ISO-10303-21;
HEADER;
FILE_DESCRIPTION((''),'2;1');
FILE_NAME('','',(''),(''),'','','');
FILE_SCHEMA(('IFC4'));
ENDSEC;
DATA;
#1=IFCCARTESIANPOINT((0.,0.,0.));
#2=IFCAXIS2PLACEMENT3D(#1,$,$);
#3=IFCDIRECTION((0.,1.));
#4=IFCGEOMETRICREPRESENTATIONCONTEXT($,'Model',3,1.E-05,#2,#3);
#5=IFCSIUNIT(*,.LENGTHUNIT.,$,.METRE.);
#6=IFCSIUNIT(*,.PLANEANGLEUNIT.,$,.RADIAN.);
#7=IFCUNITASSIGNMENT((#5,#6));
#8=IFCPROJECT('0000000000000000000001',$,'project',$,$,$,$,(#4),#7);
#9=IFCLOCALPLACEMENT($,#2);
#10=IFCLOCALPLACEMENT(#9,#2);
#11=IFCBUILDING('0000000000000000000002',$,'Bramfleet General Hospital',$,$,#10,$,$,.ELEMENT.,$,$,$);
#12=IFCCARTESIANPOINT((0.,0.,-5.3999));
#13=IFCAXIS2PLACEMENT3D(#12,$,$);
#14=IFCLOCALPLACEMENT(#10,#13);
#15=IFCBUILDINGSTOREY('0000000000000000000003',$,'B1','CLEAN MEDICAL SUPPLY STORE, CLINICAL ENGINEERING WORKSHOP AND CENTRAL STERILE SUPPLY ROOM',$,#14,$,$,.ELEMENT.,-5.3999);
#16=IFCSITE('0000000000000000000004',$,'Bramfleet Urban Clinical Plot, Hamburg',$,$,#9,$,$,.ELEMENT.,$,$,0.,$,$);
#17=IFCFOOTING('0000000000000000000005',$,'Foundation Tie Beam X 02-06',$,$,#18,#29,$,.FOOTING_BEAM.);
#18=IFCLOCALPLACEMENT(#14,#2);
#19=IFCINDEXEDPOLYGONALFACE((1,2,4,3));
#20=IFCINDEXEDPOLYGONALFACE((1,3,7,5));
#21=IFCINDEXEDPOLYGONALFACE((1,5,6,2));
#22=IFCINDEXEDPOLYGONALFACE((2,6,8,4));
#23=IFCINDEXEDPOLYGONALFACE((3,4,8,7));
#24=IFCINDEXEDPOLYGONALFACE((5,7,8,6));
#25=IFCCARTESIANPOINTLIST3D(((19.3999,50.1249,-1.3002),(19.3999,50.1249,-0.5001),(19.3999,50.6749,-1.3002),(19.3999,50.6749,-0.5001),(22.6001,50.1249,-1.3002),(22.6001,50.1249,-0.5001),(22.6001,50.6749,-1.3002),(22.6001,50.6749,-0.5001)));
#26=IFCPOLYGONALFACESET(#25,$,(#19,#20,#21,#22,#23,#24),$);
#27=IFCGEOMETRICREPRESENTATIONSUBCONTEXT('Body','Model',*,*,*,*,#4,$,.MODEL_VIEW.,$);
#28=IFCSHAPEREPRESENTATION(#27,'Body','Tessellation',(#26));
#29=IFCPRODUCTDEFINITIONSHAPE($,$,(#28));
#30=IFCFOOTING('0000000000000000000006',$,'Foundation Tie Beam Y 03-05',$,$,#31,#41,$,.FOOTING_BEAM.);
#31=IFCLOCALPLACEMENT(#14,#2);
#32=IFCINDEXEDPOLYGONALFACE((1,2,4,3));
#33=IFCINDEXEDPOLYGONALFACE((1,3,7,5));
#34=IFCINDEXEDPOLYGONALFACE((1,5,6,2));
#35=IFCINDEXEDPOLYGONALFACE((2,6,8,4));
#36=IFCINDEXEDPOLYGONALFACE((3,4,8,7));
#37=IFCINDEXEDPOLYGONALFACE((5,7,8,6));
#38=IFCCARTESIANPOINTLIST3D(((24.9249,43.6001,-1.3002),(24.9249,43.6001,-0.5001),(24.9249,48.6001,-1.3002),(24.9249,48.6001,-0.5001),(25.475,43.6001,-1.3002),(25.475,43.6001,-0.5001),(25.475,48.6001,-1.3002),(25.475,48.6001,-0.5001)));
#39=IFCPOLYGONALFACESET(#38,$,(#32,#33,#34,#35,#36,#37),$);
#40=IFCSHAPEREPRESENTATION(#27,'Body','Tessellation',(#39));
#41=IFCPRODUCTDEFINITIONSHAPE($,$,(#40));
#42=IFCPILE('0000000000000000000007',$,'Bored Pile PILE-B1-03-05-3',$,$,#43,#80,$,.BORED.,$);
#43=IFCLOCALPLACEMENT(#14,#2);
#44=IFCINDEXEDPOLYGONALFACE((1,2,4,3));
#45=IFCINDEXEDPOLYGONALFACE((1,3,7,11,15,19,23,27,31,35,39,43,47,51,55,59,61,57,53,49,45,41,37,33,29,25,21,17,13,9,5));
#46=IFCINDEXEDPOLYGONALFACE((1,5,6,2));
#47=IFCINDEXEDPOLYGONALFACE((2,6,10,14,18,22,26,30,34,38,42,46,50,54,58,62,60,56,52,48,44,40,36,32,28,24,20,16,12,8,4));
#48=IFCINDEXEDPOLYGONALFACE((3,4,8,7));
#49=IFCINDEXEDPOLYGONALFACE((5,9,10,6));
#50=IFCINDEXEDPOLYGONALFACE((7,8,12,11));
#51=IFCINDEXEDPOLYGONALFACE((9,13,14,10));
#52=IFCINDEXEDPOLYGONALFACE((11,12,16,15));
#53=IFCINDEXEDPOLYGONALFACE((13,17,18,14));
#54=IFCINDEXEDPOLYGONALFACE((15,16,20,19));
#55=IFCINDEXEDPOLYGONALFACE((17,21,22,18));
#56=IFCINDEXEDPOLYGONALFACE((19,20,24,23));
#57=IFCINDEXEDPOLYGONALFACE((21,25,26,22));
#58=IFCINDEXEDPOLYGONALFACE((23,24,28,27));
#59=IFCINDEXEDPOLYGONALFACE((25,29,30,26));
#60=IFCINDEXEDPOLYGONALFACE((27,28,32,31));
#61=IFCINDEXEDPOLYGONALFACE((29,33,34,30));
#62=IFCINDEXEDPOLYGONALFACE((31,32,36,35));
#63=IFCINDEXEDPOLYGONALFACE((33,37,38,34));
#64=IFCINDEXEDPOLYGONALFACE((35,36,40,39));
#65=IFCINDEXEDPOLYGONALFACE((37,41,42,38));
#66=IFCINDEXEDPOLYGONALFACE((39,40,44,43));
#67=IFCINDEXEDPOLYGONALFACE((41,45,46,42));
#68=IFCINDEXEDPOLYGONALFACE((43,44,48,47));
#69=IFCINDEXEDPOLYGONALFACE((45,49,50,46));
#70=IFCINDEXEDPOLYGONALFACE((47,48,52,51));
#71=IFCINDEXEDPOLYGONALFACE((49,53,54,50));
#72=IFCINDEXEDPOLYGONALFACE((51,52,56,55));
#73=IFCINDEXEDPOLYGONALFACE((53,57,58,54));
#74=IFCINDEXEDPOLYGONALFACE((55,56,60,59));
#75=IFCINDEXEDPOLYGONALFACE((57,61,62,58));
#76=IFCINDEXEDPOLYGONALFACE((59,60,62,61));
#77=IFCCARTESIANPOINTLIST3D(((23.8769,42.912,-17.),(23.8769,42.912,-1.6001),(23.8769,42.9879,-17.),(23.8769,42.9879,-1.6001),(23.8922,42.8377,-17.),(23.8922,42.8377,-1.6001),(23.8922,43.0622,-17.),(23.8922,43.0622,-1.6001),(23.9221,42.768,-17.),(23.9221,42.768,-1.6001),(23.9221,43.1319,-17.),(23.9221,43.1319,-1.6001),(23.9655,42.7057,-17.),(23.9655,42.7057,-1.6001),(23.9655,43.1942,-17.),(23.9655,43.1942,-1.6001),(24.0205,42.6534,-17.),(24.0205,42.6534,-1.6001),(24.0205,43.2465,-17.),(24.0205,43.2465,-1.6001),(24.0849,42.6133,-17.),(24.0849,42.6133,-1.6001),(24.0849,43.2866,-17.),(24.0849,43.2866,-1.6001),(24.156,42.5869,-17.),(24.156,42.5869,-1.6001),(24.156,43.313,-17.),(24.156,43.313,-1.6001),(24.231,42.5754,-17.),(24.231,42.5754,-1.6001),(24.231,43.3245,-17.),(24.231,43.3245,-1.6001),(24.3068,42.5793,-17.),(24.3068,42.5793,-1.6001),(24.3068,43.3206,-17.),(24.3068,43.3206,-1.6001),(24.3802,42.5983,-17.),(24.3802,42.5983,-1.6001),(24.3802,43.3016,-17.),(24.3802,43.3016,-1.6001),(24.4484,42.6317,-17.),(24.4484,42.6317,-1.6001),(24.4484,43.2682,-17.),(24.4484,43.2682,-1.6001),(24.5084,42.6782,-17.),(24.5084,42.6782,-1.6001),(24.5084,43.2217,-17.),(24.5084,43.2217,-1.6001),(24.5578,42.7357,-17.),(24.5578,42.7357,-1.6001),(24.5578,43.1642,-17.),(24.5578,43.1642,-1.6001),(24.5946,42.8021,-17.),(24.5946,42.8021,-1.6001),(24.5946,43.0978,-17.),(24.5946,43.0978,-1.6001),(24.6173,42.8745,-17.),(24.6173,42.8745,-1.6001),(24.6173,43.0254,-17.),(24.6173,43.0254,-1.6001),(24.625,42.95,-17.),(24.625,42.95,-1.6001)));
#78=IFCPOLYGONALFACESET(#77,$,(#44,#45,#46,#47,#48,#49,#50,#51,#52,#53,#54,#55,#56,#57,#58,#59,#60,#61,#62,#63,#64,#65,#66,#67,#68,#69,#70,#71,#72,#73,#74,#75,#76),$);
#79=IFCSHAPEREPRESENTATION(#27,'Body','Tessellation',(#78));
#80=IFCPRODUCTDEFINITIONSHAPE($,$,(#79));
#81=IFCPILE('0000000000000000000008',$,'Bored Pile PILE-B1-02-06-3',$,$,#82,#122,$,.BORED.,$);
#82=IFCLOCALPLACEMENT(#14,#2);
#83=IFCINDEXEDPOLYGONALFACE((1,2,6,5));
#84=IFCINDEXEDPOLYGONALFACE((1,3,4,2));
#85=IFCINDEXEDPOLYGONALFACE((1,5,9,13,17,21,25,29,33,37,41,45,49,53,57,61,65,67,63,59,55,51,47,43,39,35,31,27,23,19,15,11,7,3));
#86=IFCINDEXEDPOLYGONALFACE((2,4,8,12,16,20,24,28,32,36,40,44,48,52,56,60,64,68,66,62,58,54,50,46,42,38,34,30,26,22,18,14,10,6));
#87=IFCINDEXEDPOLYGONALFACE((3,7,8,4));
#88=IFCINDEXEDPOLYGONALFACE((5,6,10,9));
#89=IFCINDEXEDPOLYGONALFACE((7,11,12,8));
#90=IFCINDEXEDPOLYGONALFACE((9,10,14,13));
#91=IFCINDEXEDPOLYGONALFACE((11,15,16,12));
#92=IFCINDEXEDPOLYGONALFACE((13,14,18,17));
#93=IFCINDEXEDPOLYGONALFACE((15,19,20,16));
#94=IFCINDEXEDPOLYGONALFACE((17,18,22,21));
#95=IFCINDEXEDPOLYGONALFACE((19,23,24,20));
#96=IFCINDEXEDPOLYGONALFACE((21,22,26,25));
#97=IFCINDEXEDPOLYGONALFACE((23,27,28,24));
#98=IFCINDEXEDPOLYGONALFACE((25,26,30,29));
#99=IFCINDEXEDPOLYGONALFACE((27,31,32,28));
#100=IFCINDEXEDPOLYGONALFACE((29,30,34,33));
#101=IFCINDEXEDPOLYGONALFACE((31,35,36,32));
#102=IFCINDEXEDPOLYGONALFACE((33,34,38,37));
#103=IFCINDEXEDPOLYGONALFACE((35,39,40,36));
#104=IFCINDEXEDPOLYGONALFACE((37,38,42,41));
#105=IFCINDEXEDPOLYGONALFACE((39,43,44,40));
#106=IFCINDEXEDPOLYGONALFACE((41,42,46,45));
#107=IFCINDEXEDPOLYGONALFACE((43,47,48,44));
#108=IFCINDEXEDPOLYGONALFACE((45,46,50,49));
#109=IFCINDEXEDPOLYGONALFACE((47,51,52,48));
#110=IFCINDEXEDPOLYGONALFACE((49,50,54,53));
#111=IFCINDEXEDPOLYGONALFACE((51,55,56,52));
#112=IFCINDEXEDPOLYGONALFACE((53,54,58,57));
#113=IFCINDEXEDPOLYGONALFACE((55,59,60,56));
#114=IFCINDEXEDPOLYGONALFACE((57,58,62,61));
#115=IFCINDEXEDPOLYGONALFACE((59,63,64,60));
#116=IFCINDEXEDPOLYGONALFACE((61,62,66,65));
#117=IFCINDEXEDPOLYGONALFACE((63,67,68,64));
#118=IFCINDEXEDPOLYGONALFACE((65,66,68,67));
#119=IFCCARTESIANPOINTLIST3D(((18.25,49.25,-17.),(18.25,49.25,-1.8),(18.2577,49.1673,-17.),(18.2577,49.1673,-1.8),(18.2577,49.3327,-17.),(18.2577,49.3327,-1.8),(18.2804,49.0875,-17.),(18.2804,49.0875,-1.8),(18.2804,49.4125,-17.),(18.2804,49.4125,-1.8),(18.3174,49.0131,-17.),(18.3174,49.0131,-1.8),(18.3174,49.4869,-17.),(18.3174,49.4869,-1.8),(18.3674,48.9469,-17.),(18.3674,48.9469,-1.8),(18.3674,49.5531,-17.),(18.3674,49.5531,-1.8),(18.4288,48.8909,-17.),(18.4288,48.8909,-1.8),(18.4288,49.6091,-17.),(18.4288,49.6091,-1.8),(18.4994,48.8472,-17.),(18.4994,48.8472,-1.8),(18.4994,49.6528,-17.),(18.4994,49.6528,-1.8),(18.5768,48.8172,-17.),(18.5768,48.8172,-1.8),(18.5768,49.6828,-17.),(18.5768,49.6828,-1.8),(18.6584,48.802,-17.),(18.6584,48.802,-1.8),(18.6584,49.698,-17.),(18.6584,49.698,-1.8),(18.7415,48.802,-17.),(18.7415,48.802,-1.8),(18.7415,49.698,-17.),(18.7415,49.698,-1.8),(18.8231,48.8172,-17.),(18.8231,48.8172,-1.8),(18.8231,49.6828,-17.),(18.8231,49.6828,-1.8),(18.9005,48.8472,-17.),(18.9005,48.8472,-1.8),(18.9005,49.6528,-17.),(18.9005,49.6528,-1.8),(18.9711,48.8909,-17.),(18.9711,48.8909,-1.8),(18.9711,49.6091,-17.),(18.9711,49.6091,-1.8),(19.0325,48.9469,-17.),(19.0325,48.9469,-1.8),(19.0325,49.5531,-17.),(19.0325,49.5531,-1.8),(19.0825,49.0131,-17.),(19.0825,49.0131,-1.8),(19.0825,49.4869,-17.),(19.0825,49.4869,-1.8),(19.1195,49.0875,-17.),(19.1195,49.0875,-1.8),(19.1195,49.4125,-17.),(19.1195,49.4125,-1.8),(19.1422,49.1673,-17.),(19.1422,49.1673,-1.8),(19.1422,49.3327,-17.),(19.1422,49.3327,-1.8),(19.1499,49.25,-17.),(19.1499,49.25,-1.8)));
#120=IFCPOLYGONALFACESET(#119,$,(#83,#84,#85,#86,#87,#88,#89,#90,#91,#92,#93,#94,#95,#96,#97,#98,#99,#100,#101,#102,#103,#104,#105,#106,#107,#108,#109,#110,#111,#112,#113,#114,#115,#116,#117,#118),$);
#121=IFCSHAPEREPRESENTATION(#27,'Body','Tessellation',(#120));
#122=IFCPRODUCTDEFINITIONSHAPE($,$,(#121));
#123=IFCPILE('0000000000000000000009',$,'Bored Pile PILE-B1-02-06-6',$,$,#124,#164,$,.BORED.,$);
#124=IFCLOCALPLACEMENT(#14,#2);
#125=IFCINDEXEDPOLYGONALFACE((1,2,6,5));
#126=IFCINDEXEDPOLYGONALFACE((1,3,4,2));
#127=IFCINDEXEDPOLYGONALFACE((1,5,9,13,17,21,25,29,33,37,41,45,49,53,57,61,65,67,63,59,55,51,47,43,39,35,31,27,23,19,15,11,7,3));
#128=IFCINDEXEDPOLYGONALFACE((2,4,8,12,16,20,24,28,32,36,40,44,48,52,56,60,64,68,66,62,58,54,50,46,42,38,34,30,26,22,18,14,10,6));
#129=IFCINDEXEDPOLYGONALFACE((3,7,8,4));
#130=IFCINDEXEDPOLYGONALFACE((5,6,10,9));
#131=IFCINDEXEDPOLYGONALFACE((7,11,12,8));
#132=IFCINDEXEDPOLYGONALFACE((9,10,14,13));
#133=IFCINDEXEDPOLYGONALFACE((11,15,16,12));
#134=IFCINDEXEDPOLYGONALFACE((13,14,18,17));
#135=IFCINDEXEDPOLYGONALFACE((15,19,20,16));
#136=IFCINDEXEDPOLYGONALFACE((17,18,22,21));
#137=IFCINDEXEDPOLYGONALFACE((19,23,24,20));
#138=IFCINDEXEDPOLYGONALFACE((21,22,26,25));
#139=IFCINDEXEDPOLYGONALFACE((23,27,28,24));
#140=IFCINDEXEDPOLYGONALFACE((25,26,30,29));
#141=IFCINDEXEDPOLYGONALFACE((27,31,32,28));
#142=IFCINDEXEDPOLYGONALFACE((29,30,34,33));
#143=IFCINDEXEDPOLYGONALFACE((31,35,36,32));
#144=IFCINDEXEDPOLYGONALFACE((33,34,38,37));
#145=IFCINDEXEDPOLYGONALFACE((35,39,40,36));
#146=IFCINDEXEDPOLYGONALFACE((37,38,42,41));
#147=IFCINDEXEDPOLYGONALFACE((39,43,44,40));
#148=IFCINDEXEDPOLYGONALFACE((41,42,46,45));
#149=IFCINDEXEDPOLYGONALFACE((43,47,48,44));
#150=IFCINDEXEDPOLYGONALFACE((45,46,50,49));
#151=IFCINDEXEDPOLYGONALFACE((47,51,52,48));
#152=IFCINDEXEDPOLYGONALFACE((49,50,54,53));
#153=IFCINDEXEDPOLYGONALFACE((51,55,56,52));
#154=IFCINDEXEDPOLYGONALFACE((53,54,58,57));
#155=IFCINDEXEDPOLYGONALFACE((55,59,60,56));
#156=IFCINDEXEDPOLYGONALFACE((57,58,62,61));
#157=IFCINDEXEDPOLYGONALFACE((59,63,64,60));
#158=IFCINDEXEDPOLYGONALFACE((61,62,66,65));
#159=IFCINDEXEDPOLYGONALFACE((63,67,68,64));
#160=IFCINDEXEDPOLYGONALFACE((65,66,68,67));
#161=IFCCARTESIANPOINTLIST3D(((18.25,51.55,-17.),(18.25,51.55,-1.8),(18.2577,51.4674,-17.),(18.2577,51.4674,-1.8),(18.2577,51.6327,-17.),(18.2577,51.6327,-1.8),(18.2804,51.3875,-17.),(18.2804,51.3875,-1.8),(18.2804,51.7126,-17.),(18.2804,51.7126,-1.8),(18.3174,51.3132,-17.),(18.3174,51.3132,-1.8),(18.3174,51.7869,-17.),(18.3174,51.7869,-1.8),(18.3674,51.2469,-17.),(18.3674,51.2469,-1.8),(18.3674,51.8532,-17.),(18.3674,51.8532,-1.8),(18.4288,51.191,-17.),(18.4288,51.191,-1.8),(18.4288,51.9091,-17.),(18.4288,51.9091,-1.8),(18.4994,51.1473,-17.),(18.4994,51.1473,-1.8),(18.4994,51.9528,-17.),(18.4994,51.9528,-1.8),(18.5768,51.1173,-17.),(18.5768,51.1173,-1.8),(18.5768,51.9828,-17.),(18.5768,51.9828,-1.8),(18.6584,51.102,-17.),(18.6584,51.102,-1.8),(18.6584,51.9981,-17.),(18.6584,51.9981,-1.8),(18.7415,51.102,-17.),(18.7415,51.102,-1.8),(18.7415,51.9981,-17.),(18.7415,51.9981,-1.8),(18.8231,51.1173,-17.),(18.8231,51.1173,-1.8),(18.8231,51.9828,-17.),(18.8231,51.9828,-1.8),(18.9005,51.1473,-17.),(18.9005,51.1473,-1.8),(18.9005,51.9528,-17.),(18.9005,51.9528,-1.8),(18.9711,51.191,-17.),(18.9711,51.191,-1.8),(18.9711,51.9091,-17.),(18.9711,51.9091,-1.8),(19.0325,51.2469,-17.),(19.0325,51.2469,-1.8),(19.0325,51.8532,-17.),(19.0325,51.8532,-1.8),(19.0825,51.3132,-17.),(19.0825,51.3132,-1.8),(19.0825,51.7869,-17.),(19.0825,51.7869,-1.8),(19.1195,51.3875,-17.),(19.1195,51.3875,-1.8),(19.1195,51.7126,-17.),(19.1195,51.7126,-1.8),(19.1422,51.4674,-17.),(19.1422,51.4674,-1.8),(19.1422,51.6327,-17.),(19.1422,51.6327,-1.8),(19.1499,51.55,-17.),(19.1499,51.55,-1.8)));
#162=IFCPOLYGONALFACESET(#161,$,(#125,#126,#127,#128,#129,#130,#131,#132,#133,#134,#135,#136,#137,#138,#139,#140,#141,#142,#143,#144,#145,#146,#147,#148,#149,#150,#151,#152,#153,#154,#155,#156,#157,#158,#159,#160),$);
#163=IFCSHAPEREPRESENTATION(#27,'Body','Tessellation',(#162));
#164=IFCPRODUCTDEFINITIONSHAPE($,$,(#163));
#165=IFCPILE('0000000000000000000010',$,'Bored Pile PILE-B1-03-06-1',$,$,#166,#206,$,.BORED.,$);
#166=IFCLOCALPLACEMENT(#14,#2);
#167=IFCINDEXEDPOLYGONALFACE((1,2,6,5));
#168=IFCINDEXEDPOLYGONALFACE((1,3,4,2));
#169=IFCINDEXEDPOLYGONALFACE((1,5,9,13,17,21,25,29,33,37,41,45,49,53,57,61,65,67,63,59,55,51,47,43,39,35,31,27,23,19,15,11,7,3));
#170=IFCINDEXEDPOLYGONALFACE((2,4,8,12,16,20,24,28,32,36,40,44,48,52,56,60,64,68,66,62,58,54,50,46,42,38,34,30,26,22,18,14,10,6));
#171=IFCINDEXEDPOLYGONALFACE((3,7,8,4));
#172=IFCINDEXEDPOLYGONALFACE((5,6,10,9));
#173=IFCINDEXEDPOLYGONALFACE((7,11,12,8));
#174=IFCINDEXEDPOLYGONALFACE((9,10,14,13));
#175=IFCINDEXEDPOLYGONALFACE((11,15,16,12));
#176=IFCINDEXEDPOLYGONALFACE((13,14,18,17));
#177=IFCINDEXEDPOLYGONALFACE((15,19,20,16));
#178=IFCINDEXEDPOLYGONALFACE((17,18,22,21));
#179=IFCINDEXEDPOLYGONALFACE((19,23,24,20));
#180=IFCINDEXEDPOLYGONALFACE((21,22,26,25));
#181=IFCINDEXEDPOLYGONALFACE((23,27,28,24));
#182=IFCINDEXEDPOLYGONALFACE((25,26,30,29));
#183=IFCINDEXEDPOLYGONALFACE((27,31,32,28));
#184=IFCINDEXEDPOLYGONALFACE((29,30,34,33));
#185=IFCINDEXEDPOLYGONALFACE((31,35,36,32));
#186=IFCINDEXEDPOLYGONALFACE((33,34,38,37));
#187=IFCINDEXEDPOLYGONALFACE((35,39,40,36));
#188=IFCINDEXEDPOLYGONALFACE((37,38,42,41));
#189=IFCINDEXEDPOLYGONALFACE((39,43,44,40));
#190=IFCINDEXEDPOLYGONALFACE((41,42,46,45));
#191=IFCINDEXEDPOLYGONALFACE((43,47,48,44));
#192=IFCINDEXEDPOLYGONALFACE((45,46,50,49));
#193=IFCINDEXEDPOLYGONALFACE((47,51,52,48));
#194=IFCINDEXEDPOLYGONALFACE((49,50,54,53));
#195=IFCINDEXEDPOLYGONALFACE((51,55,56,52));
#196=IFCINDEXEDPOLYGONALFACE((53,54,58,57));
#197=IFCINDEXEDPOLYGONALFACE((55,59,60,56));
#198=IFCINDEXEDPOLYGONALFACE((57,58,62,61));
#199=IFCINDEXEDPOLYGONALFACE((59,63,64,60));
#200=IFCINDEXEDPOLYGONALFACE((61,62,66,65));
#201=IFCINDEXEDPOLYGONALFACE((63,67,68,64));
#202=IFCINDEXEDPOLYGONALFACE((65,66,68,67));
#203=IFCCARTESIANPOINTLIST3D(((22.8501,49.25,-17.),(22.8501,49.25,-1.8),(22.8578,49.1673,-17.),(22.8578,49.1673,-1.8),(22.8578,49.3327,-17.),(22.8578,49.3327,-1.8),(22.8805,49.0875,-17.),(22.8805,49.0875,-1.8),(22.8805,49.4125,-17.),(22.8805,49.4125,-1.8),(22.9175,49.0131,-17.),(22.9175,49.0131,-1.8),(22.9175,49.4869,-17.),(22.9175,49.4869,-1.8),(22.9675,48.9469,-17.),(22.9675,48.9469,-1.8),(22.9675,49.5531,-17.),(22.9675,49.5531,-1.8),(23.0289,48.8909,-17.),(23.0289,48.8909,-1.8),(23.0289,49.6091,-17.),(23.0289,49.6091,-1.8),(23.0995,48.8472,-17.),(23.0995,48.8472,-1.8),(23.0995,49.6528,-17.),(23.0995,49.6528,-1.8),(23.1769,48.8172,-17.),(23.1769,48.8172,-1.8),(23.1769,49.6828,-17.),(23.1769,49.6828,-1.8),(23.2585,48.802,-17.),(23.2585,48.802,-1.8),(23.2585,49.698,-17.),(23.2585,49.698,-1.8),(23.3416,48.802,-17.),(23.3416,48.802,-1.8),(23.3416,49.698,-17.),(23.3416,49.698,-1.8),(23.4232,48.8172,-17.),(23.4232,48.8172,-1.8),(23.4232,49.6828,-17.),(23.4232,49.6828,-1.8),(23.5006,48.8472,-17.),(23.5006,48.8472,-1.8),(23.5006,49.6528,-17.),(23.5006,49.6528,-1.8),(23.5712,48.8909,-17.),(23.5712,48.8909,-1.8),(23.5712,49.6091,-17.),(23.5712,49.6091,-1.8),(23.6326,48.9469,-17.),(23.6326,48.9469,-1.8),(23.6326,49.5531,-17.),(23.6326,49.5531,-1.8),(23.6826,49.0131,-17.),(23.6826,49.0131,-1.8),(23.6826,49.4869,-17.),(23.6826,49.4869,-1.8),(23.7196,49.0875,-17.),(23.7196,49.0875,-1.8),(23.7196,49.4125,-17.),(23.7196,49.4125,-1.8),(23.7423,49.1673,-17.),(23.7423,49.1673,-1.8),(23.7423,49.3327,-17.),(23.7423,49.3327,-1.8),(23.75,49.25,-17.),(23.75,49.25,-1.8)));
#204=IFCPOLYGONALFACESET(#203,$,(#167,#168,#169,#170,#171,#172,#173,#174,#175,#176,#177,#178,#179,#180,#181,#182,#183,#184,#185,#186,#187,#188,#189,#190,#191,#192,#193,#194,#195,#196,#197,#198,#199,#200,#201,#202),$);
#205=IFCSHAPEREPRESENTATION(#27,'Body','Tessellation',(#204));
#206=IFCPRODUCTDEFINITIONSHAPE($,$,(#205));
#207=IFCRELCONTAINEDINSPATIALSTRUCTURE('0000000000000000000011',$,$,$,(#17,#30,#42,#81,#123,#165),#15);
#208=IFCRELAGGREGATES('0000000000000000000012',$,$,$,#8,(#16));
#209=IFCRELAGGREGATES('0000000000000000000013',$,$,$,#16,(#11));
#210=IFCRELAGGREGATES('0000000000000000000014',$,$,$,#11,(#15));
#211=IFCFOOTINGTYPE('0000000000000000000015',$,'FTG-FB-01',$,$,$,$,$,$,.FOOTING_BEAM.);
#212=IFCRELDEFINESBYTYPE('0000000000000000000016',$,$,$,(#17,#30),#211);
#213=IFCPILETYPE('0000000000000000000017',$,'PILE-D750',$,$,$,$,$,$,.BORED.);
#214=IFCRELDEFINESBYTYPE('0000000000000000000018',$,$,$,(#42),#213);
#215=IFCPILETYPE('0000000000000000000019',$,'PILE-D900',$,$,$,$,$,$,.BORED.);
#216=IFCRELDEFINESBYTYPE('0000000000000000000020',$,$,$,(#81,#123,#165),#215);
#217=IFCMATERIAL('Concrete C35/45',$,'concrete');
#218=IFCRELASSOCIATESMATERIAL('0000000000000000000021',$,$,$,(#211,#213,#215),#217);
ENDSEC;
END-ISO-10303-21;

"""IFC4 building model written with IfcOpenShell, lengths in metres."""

from ifc_helpers import new_model, si_unit, direction, frame, origin, origin_2d, place, context, subcontext, project, spatial, rectangle, circle, extrude, material, material_profile, profile_set, type_object, element, save


model = new_model("IFC4")

# Units and contexts
model_context = context("Model", 3, precision=1e-05, world=origin(), true_north=direction((0.0, 1.0)))
body_context = subcontext(model_context, "Body", "Model", "MODEL_VIEW")
ifc_project = project(units=[si_unit("LENGTHUNIT", "METRE"), si_unit("PLANEANGLEUNIT", "RADIAN")], contexts=[model_context])

# Site, building, storey
site_placement = place(None, origin())
site = spatial("IfcSite", under=ifc_project, at=site_placement, Name="Bramfleet Urban Clinical Plot, Hamburg", CompositionType="ELEMENT", RefElevation=0.0)
building_placement = place(site_placement, origin())
building = spatial("IfcBuilding", under=site, at=building_placement, Name="Bramfleet General Hospital", CompositionType="ELEMENT")
storey_placement = place(building_placement, frame((0.0, 0.0, -5.3999)))
storey = spatial("IfcBuildingStorey", under=building, at=storey_placement, Name="B1", Description="CLEAN MEDICAL SUPPLY STORE, CLINICAL ENGINEERING WORKSHOP AND CENTRAL STERILE SUPPLY ROOM", CompositionType="ELEMENT", Elevation=-5.3999)

# Footings
ifc_material_1 = material(Name="Concrete C35/45", Category="concrete")
ifc_material_profile_1 = material_profile(ifc_material_1, rectangle(XDim=0.55, YDim=0.8, at=origin_2d()), Name="RC FB 800x550")
ifc_profile_set_1 = profile_set([ifc_material_profile_1], Name="Concrete C35/45")
footing_type = type_object("IfcFootingType", Name="FTG-FB-01", PredefinedType="FOOTING_BEAM", material=ifc_profile_set_1)
footing_1_placement = place(storey_placement, frame((19.3999, 50.3999, -0.9001), z_axis=(1.0, 0.0, 0.0), x_axis=(0.0, 1.0, 0.0)))
element("IfcFooting", 1, at=footing_1_placement, inside=storey, type_object=footing_type, Name="Foundation Tie Beam X 02-06", PredefinedType="FOOTING_BEAM", context=body_context, shape_type="SweptSolid", body=[
    extrude(rectangle(XDim=0.55, YDim=0.8, at=origin_2d()), origin(), (0.0, 0.0, 1.0), 3.2002),
])
footing_2_placement = place(storey_placement, frame((25.2, 43.6001, -0.9001), z_axis=(0.0, 1.0, 0.0), x_axis=(-1.0, 0.0, 0.0)))
element("IfcFooting", 2, at=footing_2_placement, inside=storey, type_object=footing_type, Name="Foundation Tie Beam Y 03-05", PredefinedType="FOOTING_BEAM", context=body_context, shape_type="SweptSolid", body=[
    extrude(rectangle(XDim=0.55, YDim=0.8, at=origin_2d()), origin(), (0.0, 0.0, 1.0), 5.0),
])

# Piles
ifc_material_profile_2 = material_profile(ifc_material_1, circle(Radius=0.375, at=origin_2d()), Name="PILE BORED D750")
ifc_profile_set_2 = profile_set([ifc_material_profile_2], Name="Concrete C35/45")
pile_type_1 = type_object("IfcPileType", Name="PILE-D750", PredefinedType="BORED", material=ifc_profile_set_2)
pile_placement = place(storey_placement, frame((24.25, 42.95, -1.6001), z_axis=(0.0, 0.0, -1.0), x_axis=(1.0, 0.0, 0.0)))
element("IfcPile", 3, at=pile_placement, inside=storey, type_object=pile_type_1, Name="Bored Pile PILE-B1-03-05-3", PredefinedType="BORED", context=body_context, shape_type="SweptSolid", body=[
    extrude(circle(Radius=0.375, at=origin_2d()), origin(), (0.0, 0.0, 1.0), 15.3999),
])
ifc_material_profile_3 = material_profile(ifc_material_1, circle(Radius=0.45, at=origin_2d()), Name="PILE BORED D900")
ifc_profile_set_3 = profile_set([ifc_material_profile_3], Name="Concrete C35/45")
pile_type_2 = type_object("IfcPileType", Name="PILE-D900", PredefinedType="BORED", material=ifc_profile_set_3)
for number, where, z_axis, x_axis, name in (
    (4, (18.7, 49.25, -1.8), (0.0, 0.0, -1.0), (1.0, 0.0, 0.0), "Bored Pile PILE-B1-02-06-3"),
    (5, (18.7, 51.55, -1.8), (0.0, 0.0, -1.0), (1.0, 0.0, 0.0), "Bored Pile PILE-B1-02-06-6"),
    (6, (23.3, 49.25, -1.8), (0.0, 0.0, -1.0), (1.0, 0.0, 0.0), "Bored Pile PILE-B1-03-06-1"),
):
    element("IfcPile", number, at=place(storey_placement, frame(where, z_axis=z_axis, x_axis=x_axis)), inside=storey, type_object=pile_type_2, Name=name, PredefinedType="BORED", context=body_context, shape_type="SweptSolid", body=[
        extrude(circle(Radius=0.45, at=origin_2d()), origin(), (0.0, 0.0, 1.0), 15.2),
    ])

save(model, "model.ifc")
